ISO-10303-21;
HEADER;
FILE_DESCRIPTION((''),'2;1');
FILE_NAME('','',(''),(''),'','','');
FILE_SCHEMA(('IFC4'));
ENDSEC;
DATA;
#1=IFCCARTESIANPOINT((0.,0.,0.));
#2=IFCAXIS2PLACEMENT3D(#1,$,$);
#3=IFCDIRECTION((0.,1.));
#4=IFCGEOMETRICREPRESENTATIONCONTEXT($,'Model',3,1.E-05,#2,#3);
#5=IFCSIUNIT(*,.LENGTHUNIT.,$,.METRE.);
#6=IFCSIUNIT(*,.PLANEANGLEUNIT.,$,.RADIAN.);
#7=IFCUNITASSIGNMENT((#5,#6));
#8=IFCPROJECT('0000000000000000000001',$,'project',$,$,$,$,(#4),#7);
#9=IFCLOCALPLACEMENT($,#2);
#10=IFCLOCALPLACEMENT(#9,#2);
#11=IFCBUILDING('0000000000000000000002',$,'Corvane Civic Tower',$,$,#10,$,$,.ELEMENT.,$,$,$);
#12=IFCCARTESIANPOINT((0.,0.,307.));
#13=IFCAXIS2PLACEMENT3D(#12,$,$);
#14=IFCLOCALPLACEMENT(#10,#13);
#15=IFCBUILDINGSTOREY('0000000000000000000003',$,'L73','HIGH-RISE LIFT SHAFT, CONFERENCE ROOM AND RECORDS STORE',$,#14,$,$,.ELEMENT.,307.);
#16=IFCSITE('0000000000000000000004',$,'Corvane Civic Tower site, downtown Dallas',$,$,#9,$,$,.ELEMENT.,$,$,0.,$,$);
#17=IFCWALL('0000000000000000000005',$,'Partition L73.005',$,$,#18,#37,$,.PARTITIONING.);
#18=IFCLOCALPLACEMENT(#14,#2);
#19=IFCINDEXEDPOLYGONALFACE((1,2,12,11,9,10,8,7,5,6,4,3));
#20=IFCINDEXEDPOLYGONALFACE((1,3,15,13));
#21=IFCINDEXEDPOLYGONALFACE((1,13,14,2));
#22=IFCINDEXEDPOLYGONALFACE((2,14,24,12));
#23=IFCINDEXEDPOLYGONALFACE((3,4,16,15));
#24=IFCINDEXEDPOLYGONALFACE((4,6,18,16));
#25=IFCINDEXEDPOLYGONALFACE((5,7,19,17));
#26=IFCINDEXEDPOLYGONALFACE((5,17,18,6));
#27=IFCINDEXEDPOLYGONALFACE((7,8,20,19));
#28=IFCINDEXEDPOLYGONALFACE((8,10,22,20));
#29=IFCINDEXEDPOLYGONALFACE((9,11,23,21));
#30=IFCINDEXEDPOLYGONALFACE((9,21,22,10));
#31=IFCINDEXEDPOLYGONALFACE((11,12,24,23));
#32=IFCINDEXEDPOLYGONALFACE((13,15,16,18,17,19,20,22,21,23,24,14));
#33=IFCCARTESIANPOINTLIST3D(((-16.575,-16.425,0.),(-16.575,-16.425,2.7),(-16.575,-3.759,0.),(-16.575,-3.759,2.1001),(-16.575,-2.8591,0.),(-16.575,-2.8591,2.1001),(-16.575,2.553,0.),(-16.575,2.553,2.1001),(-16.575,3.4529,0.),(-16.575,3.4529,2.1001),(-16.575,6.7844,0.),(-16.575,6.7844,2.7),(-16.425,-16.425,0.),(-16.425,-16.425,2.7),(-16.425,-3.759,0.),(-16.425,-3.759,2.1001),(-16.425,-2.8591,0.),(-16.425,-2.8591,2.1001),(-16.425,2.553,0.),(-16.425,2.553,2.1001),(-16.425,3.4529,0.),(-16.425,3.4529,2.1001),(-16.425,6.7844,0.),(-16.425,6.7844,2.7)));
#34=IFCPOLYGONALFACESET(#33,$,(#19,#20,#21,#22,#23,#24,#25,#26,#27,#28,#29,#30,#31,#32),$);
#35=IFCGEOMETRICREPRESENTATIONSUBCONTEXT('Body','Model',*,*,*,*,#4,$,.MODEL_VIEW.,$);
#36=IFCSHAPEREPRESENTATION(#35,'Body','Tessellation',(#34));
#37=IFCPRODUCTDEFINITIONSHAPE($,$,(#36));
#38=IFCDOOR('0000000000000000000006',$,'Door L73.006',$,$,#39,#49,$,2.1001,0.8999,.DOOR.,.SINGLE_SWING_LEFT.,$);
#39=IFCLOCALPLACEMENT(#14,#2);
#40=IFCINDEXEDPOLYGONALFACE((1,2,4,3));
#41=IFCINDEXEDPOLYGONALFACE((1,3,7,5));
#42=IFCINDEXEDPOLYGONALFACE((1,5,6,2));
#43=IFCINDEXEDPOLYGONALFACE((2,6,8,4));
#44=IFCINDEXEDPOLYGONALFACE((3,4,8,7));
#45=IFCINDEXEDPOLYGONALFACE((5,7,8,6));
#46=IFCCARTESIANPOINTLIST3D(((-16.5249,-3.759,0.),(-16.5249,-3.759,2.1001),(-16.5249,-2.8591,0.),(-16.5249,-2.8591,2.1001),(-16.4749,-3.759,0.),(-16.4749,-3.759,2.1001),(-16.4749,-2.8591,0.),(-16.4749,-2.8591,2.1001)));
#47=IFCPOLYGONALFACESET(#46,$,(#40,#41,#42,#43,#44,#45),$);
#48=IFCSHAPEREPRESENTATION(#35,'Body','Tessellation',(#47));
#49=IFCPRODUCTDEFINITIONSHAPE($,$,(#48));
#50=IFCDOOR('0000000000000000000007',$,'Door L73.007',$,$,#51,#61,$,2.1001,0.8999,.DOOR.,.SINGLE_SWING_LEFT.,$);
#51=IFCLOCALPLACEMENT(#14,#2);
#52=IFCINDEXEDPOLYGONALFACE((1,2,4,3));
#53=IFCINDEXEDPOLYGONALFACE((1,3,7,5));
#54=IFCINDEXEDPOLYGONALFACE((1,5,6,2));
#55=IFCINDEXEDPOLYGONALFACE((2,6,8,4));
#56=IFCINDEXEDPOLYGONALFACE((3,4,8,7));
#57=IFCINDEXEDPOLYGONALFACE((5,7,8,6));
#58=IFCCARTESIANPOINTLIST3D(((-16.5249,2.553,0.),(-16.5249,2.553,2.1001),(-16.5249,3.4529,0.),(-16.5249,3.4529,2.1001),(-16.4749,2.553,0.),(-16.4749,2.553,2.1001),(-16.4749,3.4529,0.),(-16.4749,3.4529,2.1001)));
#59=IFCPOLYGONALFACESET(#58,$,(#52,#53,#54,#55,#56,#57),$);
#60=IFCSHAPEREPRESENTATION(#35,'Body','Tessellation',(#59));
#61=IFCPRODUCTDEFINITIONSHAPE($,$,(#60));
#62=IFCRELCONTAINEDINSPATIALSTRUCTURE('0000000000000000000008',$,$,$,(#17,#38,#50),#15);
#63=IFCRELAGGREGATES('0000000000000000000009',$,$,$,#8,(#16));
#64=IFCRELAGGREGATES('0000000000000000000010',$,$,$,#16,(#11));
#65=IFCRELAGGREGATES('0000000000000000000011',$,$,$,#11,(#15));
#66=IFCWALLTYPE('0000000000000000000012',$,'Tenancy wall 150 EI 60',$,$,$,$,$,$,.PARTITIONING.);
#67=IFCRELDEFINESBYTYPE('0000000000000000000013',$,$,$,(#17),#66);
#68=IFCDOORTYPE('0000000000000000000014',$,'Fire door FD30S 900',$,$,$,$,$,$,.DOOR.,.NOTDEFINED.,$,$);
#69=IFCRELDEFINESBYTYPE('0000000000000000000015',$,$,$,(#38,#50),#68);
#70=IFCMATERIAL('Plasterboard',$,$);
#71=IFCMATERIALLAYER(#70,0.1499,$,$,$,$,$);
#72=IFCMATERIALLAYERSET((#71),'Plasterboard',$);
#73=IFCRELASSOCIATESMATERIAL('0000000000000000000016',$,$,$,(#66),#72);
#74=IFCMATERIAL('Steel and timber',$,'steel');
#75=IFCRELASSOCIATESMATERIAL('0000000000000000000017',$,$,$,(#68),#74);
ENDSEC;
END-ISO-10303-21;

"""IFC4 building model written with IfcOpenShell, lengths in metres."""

from ifc_helpers import new_model, si_unit, direction, frame, frame_2d, origin, place, context, subcontext, project, spatial, rectangle, extrude, material, layer, layer_set, type_object, element, fill, save


model = new_model("IFC4")

# Units and contexts
model_context = context("Model", 3, precision=1e-05, world=origin(), true_north=direction((0.0, 1.0)))
body_context = subcontext(model_context, "Body", "Model", "MODEL_VIEW")
ifc_project = project(units=[si_unit("LENGTHUNIT", "METRE"), si_unit("PLANEANGLEUNIT", "RADIAN")], contexts=[model_context])

# Site, building, storey
site_placement = place(None, origin())
site = spatial("IfcSite", under=ifc_project, at=site_placement, Name="Corvane Civic Tower site, downtown Dallas", CompositionType="ELEMENT", RefElevation=0.0)
building_placement = place(site_placement, origin())
building = spatial("IfcBuilding", under=site, at=building_placement, Name="Corvane Civic Tower", CompositionType="ELEMENT")
storey_placement = place(building_placement, frame((0.0, 0.0, 307.0)))
storey = spatial("IfcBuildingStorey", under=building, at=storey_placement, Name="L73", Description="HIGH-RISE LIFT SHAFT, CONFERENCE ROOM AND RECORDS STORE", CompositionType="ELEMENT", Elevation=307.0)

# Shared definitions
ifc_material_1 = material(Name="Plasterboard")
ifc_layer_1 = layer(ifc_material_1, 0.1499)
ifc_layer_set_1 = layer_set([ifc_layer_1], Name="Plasterboard")
wall_type_1 = type_object("IfcWallType", Name="Tenancy wall 150 EI 60", PredefinedType="PARTITIONING", material=ifc_layer_set_1)

# Wall, openings, doors
wall_1_placement = place(storey_placement, frame((-16.5, -16.425, 0.0), z_axis=(0.0, 0.0, 1.0), x_axis=(0.0, 1.0, 0.0)))
wall_1 = element("IfcWall", 1, at=wall_1_placement, inside=storey, type_object=wall_type_1, Name="Partition L73.005", PredefinedType="PARTITIONING", context=body_context, shape_type="SweptSolid", body=[
    extrude(rectangle(XDim=23.2095, YDim=0.1499, at=frame_2d((11.6047, 0.0))), origin(), (0.0, 0.0, 1.0), 2.7),
])
opening_1_placement = place(wall_1_placement, frame((12.666, 0.0, 0.0)))
opening_1 = element("IfcOpeningElement", 2, at=opening_1_placement, cuts=wall_1, PredefinedType="OPENING", context=body_context, shape_type="SweptSolid", body=[
    extrude(rectangle(XDim=0.8999, YDim=2.1001, at=frame_2d((0.45, 1.05))), frame((0.0, 0.085, 0.0), z_axis=(0.0, -1.0, 0.0), x_axis=(1.0, 0.0, 0.0)), (0.0, 0.0, 1.0), 0.1699),
])
opening_2_placement = place(wall_1_placement, frame((18.978, 0.0, 0.0)))
opening_2 = element("IfcOpeningElement", 3, at=opening_2_placement, cuts=wall_1, PredefinedType="OPENING", context=body_context, shape_type="SweptSolid", body=[
    extrude(rectangle(XDim=0.8999, YDim=2.1001, at=frame_2d((0.45, 1.05))), frame((0.0, 0.085, 0.0), z_axis=(0.0, -1.0, 0.0), x_axis=(1.0, 0.0, 0.0)), (0.0, 0.0, 1.0), 0.1699),
])
ifc_material_2 = material(Name="Steel and timber", Category="steel")
door_type_1 = type_object("IfcDoorType", Name="Fire door FD30S 900", OperationType="NOTDEFINED", PredefinedType="DOOR", material=ifc_material_2)
door_1_placement = place(opening_1_placement, origin())
door_1 = element("IfcDoor", 4, at=door_1_placement, inside=storey, type_object=door_type_1, Name="Door L73.006", OperationType="SINGLE_SWING_LEFT", OverallHeight=2.1001, OverallWidth=0.8999, PredefinedType="DOOR", context=body_context, shape_type="SweptSolid", body=[
    extrude(rectangle(XDim=0.8999, YDim=2.1001, at=frame_2d((0.45, 1.05))), frame((0.0, 0.0249, 0.0), z_axis=(0.0, -1.0, 0.0), x_axis=(1.0, 0.0, 0.0)), (0.0, 0.0, 1.0), 0.05),
])
fill(opening_1, door_1)
door_2_placement = place(opening_2_placement, origin())
door_2 = element("IfcDoor", 5, at=door_2_placement, inside=storey, type_object=door_type_1, Name="Door L73.007", OperationType="SINGLE_SWING_LEFT", OverallHeight=2.1001, OverallWidth=0.8999, PredefinedType="DOOR", context=body_context, shape_type="SweptSolid", body=[
    extrude(rectangle(XDim=0.8999, YDim=2.1001, at=frame_2d((0.45, 1.05))), frame((0.0, 0.0249, 0.0), z_axis=(0.0, -1.0, 0.0), x_axis=(1.0, 0.0, 0.0)), (0.0, 0.0, 1.0), 0.05),
])
fill(opening_2, door_2)

save(model, "model.ifc")
